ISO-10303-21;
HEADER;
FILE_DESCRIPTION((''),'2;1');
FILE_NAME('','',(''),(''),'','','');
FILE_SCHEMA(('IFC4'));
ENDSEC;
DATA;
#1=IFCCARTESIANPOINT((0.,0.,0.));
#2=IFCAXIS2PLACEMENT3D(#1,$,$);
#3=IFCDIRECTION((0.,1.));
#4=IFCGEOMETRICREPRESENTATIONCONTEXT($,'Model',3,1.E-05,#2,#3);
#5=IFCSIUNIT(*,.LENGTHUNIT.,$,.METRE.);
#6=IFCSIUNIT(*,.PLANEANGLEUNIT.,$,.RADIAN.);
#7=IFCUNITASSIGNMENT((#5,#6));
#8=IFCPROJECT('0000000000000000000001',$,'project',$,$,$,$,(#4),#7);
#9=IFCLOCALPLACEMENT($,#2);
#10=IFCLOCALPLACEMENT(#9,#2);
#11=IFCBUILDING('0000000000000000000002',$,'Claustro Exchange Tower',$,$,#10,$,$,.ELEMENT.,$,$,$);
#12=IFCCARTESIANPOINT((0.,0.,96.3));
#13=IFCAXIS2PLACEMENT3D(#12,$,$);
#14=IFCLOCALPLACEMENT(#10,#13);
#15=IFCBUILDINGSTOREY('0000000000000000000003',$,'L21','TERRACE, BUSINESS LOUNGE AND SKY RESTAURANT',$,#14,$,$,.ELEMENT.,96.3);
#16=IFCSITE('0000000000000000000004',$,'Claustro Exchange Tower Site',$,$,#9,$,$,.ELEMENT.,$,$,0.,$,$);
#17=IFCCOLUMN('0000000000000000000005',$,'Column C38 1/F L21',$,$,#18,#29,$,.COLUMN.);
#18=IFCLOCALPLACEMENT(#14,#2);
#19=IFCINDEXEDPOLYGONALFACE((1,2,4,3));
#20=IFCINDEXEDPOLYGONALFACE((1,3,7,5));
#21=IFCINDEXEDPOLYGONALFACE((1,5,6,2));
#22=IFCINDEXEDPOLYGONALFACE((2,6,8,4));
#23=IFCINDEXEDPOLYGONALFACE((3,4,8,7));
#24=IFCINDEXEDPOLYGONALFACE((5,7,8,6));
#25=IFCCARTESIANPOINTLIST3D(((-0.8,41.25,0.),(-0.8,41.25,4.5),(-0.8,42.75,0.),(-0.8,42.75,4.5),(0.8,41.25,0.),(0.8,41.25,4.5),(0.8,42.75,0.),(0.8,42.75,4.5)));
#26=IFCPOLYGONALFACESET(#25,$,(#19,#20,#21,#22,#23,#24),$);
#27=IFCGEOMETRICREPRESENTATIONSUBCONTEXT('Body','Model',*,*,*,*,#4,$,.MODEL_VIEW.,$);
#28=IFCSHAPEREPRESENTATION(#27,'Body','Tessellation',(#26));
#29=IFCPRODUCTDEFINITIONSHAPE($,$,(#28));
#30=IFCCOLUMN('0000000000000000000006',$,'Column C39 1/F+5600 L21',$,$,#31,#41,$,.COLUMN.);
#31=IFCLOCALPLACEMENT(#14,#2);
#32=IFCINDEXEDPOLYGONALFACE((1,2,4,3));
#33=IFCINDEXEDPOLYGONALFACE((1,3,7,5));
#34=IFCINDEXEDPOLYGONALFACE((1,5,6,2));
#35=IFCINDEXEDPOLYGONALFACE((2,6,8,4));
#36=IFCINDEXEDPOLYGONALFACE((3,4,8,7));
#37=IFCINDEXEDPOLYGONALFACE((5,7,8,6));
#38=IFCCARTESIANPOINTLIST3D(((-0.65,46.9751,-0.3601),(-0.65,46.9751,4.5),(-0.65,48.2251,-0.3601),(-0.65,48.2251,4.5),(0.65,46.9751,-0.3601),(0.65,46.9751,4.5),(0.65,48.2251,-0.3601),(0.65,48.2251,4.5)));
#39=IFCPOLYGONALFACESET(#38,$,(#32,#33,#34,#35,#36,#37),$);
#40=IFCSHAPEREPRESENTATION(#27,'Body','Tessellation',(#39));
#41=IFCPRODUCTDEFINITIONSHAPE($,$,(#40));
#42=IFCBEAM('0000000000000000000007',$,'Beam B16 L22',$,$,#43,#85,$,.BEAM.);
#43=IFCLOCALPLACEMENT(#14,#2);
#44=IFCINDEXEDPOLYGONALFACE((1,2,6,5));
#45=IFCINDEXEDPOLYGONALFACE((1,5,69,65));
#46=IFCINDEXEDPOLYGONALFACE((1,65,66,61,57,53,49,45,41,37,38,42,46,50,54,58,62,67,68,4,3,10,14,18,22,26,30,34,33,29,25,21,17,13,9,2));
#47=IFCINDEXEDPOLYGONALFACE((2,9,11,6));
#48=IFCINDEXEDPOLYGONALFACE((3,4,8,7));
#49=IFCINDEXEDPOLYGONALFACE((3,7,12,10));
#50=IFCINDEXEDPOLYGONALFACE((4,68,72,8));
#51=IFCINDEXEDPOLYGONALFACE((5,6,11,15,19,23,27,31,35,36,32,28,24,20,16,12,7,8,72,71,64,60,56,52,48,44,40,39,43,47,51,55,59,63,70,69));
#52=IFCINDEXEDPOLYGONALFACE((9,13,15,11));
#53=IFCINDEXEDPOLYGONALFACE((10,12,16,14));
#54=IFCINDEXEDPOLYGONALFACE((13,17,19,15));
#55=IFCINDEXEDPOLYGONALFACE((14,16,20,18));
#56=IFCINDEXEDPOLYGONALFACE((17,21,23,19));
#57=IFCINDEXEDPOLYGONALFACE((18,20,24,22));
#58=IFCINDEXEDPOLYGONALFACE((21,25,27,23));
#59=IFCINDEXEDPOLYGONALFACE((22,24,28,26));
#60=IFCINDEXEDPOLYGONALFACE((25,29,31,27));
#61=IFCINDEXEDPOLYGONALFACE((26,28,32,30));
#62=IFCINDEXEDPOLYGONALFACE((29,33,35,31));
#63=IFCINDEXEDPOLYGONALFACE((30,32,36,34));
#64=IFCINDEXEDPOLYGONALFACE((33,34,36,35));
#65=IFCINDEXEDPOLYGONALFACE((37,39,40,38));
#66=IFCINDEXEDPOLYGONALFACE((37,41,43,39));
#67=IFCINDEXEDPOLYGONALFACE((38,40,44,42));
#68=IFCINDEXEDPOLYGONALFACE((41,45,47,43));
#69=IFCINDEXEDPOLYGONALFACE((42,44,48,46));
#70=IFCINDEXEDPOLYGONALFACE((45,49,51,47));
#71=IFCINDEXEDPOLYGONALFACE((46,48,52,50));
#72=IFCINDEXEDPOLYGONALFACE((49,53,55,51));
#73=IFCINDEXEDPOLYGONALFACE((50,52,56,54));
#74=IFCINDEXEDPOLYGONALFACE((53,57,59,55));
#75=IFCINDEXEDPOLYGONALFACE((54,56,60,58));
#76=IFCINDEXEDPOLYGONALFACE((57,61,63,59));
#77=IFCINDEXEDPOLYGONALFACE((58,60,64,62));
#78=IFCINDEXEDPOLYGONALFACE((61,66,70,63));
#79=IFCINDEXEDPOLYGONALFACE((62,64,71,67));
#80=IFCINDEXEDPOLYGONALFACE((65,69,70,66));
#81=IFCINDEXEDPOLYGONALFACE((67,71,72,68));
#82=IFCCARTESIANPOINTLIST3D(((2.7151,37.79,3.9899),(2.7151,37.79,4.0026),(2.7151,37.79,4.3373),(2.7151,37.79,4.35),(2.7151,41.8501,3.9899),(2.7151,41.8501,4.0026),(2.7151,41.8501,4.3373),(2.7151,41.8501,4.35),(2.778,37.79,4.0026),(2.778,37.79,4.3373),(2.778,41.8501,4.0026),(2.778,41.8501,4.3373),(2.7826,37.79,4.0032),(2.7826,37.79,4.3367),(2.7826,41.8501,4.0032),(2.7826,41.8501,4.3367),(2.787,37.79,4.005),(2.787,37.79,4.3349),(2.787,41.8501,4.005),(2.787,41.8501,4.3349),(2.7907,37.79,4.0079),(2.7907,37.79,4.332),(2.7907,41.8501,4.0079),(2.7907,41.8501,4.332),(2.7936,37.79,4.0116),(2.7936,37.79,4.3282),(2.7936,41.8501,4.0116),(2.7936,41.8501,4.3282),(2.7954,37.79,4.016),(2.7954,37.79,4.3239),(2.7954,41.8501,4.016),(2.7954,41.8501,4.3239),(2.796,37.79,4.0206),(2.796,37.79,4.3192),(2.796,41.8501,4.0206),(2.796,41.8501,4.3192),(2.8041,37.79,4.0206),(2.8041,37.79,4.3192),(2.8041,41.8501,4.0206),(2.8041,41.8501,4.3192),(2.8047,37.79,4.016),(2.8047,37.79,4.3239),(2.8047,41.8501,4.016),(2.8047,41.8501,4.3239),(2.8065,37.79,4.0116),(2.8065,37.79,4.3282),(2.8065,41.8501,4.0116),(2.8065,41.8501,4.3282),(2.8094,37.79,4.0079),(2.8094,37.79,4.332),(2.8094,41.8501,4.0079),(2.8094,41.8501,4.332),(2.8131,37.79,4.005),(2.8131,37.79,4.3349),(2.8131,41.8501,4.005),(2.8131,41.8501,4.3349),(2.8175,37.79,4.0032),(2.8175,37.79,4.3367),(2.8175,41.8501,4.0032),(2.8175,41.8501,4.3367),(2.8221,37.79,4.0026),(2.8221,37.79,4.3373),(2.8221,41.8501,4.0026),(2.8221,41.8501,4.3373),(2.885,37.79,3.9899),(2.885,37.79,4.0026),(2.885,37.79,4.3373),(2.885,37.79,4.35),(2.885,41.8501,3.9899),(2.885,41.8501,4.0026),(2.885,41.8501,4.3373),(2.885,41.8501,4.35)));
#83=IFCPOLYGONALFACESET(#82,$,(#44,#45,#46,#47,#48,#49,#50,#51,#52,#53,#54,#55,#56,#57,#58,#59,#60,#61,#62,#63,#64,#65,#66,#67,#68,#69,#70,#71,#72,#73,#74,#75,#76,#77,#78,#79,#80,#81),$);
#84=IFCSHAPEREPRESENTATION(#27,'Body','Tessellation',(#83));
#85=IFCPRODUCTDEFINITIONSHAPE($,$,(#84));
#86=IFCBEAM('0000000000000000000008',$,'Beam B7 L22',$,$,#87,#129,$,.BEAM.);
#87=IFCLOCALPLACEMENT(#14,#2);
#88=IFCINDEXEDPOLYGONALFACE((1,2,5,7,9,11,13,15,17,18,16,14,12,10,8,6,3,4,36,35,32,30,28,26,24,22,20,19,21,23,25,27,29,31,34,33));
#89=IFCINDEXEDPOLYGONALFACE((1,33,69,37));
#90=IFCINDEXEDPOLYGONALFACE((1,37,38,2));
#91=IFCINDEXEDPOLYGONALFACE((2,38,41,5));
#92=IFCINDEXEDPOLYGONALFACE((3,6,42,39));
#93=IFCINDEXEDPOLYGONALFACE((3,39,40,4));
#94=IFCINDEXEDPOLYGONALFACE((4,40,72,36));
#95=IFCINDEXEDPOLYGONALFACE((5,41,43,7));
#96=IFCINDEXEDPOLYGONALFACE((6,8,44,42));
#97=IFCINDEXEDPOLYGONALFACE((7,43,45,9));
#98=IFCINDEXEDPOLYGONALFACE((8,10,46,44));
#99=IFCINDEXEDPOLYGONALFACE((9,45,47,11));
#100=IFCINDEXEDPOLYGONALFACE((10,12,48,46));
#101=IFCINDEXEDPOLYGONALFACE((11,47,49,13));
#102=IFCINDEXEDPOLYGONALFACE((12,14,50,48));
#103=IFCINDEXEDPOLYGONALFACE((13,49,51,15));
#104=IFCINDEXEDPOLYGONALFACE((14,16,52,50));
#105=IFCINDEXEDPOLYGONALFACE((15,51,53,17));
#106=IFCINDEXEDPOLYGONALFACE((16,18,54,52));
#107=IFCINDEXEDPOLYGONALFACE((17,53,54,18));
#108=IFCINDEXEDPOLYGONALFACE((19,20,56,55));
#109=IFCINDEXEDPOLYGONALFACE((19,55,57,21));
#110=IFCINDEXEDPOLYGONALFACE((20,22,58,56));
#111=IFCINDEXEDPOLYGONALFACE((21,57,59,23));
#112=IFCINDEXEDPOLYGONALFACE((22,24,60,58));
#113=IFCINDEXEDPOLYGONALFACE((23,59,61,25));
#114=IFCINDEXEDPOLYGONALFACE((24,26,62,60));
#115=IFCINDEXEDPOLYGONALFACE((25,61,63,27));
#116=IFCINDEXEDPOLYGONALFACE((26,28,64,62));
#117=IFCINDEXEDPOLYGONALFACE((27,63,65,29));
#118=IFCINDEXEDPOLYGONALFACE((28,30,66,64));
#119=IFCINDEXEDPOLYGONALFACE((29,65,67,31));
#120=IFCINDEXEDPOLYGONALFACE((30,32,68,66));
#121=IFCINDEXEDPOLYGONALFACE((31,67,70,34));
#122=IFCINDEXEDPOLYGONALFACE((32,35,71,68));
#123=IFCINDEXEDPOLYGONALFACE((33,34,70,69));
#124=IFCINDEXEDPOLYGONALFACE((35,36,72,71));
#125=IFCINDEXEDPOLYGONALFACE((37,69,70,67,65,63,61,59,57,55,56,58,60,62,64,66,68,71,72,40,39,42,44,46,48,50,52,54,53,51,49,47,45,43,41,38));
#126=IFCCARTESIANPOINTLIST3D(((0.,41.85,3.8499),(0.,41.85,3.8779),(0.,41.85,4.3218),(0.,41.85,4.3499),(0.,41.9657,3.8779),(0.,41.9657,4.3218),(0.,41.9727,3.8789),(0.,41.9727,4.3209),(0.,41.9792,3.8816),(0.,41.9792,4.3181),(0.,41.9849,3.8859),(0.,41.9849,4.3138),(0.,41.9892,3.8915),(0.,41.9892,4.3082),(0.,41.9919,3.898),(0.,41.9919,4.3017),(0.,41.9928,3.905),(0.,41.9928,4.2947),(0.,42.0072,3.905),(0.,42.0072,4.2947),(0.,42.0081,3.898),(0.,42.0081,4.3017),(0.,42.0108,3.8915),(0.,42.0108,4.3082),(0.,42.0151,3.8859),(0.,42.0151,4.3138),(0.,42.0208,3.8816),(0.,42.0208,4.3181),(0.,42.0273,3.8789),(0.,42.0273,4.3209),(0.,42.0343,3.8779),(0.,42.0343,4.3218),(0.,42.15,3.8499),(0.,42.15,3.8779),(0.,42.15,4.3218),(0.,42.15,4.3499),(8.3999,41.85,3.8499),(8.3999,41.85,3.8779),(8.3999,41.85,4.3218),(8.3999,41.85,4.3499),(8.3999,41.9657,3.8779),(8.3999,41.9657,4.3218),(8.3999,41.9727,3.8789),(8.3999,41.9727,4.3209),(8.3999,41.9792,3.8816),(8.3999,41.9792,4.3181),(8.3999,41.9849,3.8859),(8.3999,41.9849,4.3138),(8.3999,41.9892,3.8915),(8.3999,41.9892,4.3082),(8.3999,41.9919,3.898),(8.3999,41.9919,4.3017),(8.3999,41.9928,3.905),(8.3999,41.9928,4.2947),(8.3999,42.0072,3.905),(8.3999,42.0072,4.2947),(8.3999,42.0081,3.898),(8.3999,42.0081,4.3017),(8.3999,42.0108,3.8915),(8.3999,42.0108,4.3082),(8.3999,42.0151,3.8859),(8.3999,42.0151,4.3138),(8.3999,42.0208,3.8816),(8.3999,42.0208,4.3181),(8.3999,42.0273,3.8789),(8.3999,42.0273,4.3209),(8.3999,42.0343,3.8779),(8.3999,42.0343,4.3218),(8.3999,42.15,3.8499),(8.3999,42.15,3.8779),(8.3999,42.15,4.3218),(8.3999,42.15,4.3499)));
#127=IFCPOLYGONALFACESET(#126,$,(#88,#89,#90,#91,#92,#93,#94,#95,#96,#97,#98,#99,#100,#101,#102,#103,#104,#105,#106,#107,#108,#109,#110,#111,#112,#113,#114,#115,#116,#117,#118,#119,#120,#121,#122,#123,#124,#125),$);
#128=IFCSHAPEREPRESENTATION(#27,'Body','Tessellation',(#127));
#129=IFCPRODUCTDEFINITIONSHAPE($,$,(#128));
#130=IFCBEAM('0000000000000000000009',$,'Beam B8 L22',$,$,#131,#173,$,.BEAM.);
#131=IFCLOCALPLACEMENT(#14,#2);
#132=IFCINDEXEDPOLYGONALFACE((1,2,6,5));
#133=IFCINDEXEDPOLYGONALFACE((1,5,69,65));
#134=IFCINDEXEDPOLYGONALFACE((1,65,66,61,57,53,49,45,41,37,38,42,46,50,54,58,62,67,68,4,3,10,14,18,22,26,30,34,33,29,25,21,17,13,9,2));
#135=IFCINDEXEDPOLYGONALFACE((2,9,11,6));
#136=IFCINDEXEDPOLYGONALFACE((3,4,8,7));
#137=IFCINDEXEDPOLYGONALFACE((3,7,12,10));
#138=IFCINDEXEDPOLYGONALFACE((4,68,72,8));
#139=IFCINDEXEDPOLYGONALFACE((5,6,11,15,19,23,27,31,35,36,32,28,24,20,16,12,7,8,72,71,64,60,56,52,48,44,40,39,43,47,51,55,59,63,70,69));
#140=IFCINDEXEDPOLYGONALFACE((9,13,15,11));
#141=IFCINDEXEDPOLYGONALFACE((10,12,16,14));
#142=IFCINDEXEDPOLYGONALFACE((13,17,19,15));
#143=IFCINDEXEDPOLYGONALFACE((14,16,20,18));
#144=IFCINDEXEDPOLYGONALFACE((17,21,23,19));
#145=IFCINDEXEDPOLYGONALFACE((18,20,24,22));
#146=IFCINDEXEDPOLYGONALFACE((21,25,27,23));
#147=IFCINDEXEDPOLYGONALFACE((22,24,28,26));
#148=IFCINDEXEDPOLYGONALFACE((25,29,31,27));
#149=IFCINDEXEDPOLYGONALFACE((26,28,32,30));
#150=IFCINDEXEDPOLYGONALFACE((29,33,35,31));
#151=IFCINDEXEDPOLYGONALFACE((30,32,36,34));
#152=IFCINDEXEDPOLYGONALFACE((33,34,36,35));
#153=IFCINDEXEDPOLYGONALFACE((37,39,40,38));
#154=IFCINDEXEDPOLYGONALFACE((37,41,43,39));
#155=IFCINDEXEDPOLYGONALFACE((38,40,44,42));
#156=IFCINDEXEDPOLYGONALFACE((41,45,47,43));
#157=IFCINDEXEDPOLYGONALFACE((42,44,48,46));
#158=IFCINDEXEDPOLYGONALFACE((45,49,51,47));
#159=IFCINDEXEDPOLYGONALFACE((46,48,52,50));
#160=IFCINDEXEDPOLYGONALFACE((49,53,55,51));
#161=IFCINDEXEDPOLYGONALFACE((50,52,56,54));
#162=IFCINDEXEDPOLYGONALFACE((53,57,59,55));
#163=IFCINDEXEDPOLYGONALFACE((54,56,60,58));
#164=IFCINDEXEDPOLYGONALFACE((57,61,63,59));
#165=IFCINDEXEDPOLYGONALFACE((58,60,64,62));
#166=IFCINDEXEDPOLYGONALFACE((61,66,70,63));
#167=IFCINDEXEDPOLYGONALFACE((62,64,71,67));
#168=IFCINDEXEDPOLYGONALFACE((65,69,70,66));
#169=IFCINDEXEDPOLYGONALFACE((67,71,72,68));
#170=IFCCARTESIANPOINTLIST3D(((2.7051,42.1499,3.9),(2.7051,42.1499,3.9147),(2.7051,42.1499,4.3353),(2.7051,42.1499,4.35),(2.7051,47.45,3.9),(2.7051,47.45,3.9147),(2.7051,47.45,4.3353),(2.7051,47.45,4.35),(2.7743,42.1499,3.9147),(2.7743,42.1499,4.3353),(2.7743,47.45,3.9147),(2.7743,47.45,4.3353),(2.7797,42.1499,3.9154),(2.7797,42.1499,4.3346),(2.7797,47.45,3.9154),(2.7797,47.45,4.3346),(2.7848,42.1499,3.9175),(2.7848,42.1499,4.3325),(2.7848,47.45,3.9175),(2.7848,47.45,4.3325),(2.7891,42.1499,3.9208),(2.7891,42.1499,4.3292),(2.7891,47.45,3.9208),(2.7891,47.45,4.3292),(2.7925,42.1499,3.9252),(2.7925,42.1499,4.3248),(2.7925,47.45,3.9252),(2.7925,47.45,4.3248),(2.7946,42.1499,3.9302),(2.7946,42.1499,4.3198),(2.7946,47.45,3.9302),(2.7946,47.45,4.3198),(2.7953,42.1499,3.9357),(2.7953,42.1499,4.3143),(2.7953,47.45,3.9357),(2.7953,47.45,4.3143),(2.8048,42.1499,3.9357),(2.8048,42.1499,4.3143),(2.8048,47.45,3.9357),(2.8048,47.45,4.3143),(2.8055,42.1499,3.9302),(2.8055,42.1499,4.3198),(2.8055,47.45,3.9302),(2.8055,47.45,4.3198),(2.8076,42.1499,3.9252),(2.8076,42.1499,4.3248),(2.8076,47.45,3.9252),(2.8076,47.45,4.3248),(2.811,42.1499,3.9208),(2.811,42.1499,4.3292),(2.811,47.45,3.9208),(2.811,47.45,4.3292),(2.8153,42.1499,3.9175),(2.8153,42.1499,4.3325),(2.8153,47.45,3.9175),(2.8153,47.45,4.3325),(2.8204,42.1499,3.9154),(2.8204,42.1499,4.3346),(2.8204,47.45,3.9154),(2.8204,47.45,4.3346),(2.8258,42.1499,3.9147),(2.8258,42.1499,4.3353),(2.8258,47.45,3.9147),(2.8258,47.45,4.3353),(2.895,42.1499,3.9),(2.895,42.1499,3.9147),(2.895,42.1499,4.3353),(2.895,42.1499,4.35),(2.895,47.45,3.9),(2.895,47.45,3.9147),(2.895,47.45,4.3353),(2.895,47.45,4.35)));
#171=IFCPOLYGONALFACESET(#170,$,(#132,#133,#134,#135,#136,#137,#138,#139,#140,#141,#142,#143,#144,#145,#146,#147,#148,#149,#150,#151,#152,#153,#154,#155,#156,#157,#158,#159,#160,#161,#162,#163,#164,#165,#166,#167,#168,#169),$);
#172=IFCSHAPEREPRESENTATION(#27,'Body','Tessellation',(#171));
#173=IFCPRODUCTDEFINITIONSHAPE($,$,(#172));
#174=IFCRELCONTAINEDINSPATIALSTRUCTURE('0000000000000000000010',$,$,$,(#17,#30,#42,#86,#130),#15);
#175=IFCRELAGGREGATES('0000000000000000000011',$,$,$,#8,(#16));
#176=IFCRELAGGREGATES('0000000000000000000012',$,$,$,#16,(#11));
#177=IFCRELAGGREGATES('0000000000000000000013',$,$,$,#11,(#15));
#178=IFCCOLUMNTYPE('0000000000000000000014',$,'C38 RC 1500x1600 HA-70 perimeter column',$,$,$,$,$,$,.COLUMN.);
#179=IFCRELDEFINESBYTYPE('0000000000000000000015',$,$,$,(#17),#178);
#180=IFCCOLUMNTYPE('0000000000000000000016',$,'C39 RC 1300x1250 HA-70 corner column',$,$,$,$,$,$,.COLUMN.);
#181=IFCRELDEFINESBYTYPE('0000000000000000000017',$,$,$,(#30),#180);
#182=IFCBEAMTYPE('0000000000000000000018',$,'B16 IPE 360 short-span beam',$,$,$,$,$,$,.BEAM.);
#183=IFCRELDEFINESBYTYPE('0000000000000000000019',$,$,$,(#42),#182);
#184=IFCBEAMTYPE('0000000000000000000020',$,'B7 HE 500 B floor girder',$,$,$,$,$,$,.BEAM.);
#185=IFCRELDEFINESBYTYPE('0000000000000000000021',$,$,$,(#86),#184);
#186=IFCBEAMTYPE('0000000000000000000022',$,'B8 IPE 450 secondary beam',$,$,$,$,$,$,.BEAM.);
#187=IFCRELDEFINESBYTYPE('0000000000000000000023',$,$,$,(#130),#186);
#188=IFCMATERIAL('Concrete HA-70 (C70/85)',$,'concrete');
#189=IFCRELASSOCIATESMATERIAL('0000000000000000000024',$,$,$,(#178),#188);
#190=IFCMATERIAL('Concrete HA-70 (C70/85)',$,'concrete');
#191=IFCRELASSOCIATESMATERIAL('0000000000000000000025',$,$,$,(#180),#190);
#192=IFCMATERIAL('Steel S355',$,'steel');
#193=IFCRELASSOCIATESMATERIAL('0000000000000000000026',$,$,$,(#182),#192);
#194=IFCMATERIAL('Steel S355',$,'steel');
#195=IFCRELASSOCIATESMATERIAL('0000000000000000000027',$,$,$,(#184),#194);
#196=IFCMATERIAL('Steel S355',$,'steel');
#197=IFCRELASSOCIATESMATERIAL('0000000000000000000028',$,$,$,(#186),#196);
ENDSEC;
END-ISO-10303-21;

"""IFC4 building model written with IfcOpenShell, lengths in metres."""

from ifc_helpers import new_model, si_unit, direction, frame, origin, origin_2d, place, context, subcontext, project, spatial, rectangle, i_section, extrude, material, material_profile, profile_set, type_object, element, save


model = new_model("IFC4")

# Units and contexts
model_context = context("Model", 3, precision=1e-05, world=origin(), true_north=direction((0.0, 1.0)))
body_context = subcontext(model_context, "Body", "Model", "MODEL_VIEW")
ifc_project = project(units=[si_unit("LENGTHUNIT", "METRE"), si_unit("PLANEANGLEUNIT", "RADIAN")], contexts=[model_context])

# Site, building, storey
site_placement = place(None, origin())
site = spatial("IfcSite", under=ifc_project, at=site_placement, Name="Claustro Exchange Tower Site", CompositionType="ELEMENT", RefElevation=0.0)
building_placement = place(site_placement, origin())
building = spatial("IfcBuilding", under=site, at=building_placement, Name="Claustro Exchange Tower", CompositionType="ELEMENT")
storey_placement = place(building_placement, frame((0.0, 0.0, 96.3)))
storey = spatial("IfcBuildingStorey", under=building, at=storey_placement, Name="L21", Description="TERRACE, BUSINESS LOUNGE AND SKY RESTAURANT", CompositionType="ELEMENT", Elevation=96.3)

# Columns
ifc_material_1 = material(Name="Concrete HA-70 (C70/85)", Category="concrete")
ifc_material_profile_1 = material_profile(ifc_material_1, rectangle(XDim=1.5, YDim=1.6001, at=origin_2d()), Name="RC 1500x1600")
ifc_profile_set_1 = profile_set([ifc_material_profile_1], Name="Concrete HA-70 (C70/85)")
column_type_1 = type_object("IfcColumnType", Name="C38 RC 1500x1600 HA-70 perimeter column", PredefinedType="COLUMN", material=ifc_profile_set_1)
column_1_placement = place(storey_placement, frame((0.0, 42.0, 0.0), z_axis=(0.0, 0.0, 1.0), x_axis=(0.0, 1.0, 0.0)))
element("IfcColumn", 1, at=column_1_placement, inside=storey, type_object=column_type_1, Name="Column C38 1/F L21", PredefinedType="COLUMN", context=body_context, shape_type="SweptSolid", body=[
    extrude(rectangle(XDim=1.5, YDim=1.6001, at=origin_2d()), origin(), (0.0, 0.0, 1.0), 4.5),
])
ifc_material_2 = material(Name="Concrete HA-70 (C70/85)", Category="concrete")
ifc_material_profile_2 = material_profile(ifc_material_2, rectangle(XDim=1.3, YDim=1.25, at=origin_2d()), Name="RC 1300x1250")
ifc_profile_set_2 = profile_set([ifc_material_profile_2], Name="Concrete HA-70 (C70/85)")
column_type_2 = type_object("IfcColumnType", Name="C39 RC 1300x1250 HA-70 corner column", PredefinedType="COLUMN", material=ifc_profile_set_2)
column_2_placement = place(storey_placement, frame((0.0, 47.6001, -0.3601), z_axis=(0.0, 0.0, 1.0), x_axis=(1.0, 0.0, 0.0)))
element("IfcColumn", 2, at=column_2_placement, inside=storey, type_object=column_type_2, Name="Column C39 1/F+5600 L21", PredefinedType="COLUMN", context=body_context, shape_type="SweptSolid", body=[
    extrude(rectangle(XDim=1.3, YDim=1.25, at=origin_2d()), origin(), (0.0, 0.0, 1.0), 4.8601),
])

# Beams
ifc_material_3 = material(Name="Steel S355", Category="steel")
ifc_material_profile_3 = material_profile(ifc_material_3, i_section(OverallWidth=0.1699, OverallDepth=0.3601, WebThickness=0.0081, FlangeThickness=0.0127, FilletRadius=0.0181, at=origin_2d()), Name="IPE 360")
ifc_profile_set_3 = profile_set([ifc_material_profile_3], Name="Steel S355")
beam_type_1 = type_object("IfcBeamType", Name="B16 IPE 360 short-span beam", PredefinedType="BEAM", material=ifc_profile_set_3)
beam_1_placement = place(storey_placement, frame((2.8, 37.79, 4.1699), z_axis=(0.0, 1.0, 0.0), x_axis=(-1.0, 0.0, 0.0)))
element("IfcBeam", 3, at=beam_1_placement, inside=storey, type_object=beam_type_1, Name="Beam B16 L22", PredefinedType="BEAM", context=body_context, shape_type="SweptSolid", body=[
    extrude(i_section(OverallWidth=0.1699, OverallDepth=0.3601, WebThickness=0.0081, FlangeThickness=0.0127, FilletRadius=0.0181, at=origin_2d()), origin(), (0.0, 0.0, 1.0), 4.0601),
])
ifc_material_4 = material(Name="Steel S355", Category="steel")
ifc_material_profile_4 = material_profile(ifc_material_4, i_section(OverallWidth=0.3, OverallDepth=0.5, WebThickness=0.0144, FlangeThickness=0.0281, FilletRadius=0.0271, at=origin_2d()), Name="HE 500 B")
ifc_profile_set_4 = profile_set([ifc_material_profile_4], Name="Steel S355")
beam_type_2 = type_object("IfcBeamType", Name="B7 HE 500 B floor girder", PredefinedType="BEAM", material=ifc_profile_set_4)
beam_2_placement = place(storey_placement, frame((0.0, 42.0, 4.0999), z_axis=(1.0, 0.0, 0.0), x_axis=(0.0, 1.0, 0.0)))
element("IfcBeam", 4, at=beam_2_placement, inside=storey, type_object=beam_type_2, Name="Beam B7 L22", PredefinedType="BEAM", context=body_context, shape_type="SweptSolid", body=[
    extrude(i_section(OverallWidth=0.3, OverallDepth=0.5, WebThickness=0.0144, FlangeThickness=0.0281, FilletRadius=0.0271, at=origin_2d()), origin(), (0.0, 0.0, 1.0), 8.3999),
])
ifc_material_5 = material(Name="Steel S355", Category="steel")
ifc_material_profile_5 = material_profile(ifc_material_5, i_section(OverallWidth=0.1899, OverallDepth=0.45, WebThickness=0.0095, FlangeThickness=0.0146, FilletRadius=0.021, at=origin_2d()), Name="IPE 450")
ifc_profile_set_5 = profile_set([ifc_material_profile_5], Name="Steel S355")
beam_type_3 = type_object("IfcBeamType", Name="B8 IPE 450 secondary beam", PredefinedType="BEAM", material=ifc_profile_set_5)
beam_3_placement = place(storey_placement, frame((2.8, 42.1499, 4.125), z_axis=(0.0, 1.0, 0.0), x_axis=(-1.0, 0.0, 0.0)))
element("IfcBeam", 5, at=beam_3_placement, inside=storey, type_object=beam_type_3, Name="Beam B8 L22", PredefinedType="BEAM", context=body_context, shape_type="SweptSolid", body=[
    extrude(i_section(OverallWidth=0.1899, OverallDepth=0.45, WebThickness=0.0095, FlangeThickness=0.0146, FilletRadius=0.021, at=origin_2d()), origin(), (0.0, 0.0, 1.0), 5.3),
])

save(model, "model.ifc")
